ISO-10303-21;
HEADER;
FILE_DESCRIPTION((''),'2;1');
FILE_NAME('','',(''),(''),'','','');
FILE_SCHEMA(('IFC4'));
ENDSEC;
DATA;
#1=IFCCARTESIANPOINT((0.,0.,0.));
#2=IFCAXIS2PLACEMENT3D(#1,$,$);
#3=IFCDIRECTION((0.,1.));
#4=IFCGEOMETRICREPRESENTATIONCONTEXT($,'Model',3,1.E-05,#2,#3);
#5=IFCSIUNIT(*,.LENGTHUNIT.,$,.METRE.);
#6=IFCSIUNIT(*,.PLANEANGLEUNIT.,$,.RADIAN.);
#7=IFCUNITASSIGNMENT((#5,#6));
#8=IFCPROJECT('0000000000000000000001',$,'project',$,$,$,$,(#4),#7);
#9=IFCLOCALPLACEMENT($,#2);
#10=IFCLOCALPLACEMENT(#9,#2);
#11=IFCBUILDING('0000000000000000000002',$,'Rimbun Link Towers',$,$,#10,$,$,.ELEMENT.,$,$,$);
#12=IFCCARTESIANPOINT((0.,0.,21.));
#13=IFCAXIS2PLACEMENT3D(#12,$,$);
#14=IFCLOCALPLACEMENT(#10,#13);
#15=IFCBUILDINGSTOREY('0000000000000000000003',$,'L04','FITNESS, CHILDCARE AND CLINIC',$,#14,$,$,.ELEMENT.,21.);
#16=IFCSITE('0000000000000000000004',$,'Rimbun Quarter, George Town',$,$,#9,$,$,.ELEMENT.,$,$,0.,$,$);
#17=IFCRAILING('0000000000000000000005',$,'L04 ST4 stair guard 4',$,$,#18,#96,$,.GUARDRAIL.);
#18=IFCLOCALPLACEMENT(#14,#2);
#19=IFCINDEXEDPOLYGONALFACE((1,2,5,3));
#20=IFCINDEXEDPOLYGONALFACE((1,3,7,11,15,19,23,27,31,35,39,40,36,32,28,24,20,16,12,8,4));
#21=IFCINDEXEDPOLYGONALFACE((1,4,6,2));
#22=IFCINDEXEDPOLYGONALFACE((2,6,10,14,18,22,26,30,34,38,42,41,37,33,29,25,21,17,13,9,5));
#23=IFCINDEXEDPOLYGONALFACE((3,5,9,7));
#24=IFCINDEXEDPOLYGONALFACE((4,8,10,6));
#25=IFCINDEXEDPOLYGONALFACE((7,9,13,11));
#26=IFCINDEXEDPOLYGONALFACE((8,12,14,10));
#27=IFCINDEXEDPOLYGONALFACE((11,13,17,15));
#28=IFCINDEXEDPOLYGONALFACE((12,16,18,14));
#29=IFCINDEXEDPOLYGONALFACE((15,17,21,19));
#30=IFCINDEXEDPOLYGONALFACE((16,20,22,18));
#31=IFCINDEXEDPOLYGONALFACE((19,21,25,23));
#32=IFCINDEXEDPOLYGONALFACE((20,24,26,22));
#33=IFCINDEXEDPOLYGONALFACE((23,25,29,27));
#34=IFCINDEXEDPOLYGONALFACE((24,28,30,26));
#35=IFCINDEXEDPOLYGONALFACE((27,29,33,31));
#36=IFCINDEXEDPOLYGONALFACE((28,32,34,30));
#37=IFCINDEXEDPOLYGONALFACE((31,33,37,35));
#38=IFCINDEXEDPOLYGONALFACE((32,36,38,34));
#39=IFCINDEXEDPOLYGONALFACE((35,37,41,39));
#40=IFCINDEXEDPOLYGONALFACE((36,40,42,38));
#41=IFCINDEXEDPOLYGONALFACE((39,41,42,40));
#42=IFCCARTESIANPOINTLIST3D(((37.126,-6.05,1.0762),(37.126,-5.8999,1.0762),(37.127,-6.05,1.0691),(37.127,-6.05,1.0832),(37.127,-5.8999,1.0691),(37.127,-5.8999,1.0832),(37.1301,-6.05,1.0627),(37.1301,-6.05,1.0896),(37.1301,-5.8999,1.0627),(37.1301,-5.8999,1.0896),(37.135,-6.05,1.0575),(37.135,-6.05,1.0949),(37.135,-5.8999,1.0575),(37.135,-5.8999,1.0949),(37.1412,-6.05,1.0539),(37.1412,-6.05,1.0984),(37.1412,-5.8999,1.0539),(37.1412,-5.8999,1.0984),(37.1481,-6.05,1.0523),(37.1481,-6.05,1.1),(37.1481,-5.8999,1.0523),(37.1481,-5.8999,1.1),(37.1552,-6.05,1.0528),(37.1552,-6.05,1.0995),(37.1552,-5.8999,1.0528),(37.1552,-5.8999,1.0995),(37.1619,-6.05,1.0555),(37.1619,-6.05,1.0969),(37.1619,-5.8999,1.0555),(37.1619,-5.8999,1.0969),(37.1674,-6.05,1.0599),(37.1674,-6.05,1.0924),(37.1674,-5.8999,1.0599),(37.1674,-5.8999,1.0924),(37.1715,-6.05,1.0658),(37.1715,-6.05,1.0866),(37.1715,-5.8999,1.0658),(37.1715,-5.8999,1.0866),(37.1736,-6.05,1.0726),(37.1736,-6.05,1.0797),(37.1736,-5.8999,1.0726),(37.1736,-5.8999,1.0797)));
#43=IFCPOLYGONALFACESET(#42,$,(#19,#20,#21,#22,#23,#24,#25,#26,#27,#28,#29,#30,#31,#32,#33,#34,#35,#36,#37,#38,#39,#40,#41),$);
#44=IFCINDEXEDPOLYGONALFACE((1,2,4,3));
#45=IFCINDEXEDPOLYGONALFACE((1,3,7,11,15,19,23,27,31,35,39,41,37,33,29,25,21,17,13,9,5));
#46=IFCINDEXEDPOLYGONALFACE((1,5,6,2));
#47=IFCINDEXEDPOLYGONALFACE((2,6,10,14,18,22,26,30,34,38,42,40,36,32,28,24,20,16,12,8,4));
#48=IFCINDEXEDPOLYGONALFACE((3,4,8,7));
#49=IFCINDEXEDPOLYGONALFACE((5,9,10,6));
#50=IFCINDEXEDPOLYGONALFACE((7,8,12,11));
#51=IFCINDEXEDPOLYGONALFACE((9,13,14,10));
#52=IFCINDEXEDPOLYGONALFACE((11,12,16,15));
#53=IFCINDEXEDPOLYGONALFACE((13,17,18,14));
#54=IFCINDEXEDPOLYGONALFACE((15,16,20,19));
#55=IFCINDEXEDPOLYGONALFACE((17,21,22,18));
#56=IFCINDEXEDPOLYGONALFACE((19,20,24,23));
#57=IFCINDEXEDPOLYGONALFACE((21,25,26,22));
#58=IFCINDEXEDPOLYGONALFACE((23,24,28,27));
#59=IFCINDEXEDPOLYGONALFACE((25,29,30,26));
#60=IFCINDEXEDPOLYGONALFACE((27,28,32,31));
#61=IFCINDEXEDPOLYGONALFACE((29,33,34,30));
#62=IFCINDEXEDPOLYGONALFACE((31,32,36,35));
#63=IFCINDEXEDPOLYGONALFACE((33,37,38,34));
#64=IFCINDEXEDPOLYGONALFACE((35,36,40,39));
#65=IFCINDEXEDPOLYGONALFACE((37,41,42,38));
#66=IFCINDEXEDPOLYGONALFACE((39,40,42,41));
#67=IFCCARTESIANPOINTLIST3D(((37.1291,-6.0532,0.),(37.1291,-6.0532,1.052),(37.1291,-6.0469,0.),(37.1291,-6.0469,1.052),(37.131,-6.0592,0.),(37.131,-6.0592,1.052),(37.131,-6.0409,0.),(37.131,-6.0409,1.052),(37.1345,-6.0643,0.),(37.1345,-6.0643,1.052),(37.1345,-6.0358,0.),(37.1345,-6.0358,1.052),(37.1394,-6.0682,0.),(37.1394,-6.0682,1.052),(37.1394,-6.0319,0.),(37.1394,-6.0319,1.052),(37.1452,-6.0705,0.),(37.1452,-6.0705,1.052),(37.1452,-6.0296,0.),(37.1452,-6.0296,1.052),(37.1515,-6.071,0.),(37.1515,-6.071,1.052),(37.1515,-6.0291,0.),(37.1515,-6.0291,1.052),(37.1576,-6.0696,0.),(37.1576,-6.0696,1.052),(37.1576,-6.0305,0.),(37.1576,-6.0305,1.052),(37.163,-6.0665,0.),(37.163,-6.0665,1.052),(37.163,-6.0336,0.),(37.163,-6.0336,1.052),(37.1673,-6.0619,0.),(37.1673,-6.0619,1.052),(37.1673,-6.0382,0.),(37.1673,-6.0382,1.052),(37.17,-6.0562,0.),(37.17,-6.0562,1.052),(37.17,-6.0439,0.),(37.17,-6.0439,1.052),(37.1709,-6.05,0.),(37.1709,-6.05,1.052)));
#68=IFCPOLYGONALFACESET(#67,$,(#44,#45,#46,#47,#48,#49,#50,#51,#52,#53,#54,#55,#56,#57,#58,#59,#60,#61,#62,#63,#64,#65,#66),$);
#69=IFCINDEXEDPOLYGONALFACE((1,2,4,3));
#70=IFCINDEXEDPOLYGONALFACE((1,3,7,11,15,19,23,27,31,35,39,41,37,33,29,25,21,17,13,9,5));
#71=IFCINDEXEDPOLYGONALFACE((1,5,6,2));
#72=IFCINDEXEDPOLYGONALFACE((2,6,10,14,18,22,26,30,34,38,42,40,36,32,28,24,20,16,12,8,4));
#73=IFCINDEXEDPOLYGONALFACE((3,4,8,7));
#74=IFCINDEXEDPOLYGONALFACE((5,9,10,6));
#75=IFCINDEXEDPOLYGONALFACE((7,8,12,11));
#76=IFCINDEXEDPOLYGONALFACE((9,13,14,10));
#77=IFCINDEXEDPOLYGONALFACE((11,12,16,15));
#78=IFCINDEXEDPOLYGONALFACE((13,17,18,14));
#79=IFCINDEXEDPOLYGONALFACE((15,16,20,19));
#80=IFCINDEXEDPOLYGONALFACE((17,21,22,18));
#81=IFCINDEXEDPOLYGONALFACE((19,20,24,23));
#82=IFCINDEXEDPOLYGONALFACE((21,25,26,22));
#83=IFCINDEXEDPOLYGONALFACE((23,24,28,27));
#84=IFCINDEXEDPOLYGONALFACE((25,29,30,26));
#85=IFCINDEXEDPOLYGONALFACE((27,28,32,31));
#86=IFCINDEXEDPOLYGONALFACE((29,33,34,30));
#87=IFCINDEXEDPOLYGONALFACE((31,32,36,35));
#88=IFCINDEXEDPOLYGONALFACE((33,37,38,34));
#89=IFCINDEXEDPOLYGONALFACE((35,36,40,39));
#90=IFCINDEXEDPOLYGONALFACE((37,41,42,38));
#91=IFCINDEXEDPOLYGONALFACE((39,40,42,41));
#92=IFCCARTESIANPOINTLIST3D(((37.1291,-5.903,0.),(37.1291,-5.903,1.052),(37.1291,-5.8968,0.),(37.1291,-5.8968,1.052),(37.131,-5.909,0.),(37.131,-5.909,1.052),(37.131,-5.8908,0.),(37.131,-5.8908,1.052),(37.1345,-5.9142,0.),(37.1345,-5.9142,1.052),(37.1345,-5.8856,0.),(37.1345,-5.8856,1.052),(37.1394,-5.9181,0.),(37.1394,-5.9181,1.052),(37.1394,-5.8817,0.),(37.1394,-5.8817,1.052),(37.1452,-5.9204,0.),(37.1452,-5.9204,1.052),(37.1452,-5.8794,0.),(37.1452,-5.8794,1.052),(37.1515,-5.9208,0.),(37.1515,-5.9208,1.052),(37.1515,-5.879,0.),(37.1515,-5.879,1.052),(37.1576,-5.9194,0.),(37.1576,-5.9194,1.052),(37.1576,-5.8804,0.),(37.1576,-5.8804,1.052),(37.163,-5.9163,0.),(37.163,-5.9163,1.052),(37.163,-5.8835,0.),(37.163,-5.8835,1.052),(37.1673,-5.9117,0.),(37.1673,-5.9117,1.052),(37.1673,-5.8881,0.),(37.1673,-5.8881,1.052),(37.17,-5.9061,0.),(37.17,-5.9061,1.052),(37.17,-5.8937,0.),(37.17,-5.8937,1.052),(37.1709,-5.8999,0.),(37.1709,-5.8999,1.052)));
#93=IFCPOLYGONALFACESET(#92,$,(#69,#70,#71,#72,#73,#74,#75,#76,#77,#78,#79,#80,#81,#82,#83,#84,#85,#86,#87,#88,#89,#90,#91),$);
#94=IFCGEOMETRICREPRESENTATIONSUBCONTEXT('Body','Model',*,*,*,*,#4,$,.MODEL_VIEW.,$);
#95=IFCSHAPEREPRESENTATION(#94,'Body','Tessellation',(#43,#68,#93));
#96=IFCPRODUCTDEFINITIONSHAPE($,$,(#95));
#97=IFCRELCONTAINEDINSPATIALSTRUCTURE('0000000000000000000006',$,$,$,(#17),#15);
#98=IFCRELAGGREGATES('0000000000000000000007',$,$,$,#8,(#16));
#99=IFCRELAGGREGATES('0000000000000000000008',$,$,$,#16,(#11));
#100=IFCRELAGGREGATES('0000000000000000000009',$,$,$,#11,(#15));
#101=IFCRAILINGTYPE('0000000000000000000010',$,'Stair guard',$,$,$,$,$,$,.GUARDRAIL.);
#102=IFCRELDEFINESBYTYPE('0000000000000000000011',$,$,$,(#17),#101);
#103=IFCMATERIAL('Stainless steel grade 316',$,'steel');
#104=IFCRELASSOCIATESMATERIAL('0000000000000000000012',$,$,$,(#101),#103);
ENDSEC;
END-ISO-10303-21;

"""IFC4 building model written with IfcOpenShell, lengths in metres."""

from ifc_helpers import new_model, si_unit, direction, frame, origin, origin_2d, place, context, subcontext, project, spatial, circle, extrude, material, type_object, element, save


model = new_model("IFC4")

# Units and contexts
model_context = context("Model", 3, precision=1e-05, world=origin(), true_north=direction((0.0, 1.0)))
body_context = subcontext(model_context, "Body", "Model", "MODEL_VIEW")
ifc_project = project(units=[si_unit("LENGTHUNIT", "METRE"), si_unit("PLANEANGLEUNIT", "RADIAN")], contexts=[model_context])

# Site, building, storey
site_placement = place(None, origin())
site = spatial("IfcSite", under=ifc_project, at=site_placement, Name="Rimbun Quarter, George Town", CompositionType="ELEMENT", RefElevation=0.0)
building_placement = place(site_placement, origin())
building = spatial("IfcBuilding", under=site, at=building_placement, Name="Rimbun Link Towers", CompositionType="ELEMENT")
storey_placement = place(building_placement, frame((0.0, 0.0, 21.0)))
storey = spatial("IfcBuildingStorey", under=building, at=storey_placement, Name="L04", Description="FITNESS, CHILDCARE AND CLINIC", CompositionType="ELEMENT", Elevation=21.0)

# Railing
ifc_material_1 = material(Name="Stainless steel grade 316", Category="steel")
railing_type_1 = type_object("IfcRailingType", Name="Stair guard", PredefinedType="GUARDRAIL", material=ifc_material_1)
railing_1_placement = place(storey_placement, frame((37.1499, -6.05, 0.0)))
element("IfcRailing", 1, at=railing_1_placement, inside=storey, type_object=railing_type_1, Name="L04 ST4 stair guard 4", PredefinedType="GUARDRAIL", context=body_context, shape_type="SweptSolid", body=[
    extrude(circle(Radius=0.0239, at=origin_2d()), frame((0.0, 0.0, 1.0762), z_axis=(0.0, 1.0, 0.0), x_axis=(-1.0, 0.0, 0.0)), (0.0, 0.0, 1.0), 0.1501),
    extrude(circle(Radius=0.021, at=origin_2d()), origin(), (0.0, 0.0, 1.0), 1.052),
    extrude(circle(Radius=0.021, at=origin_2d()), frame((0.0, 0.1501, 0.0)), (0.0, 0.0, 1.0), 1.052),
])

save(model, "model.ifc")
